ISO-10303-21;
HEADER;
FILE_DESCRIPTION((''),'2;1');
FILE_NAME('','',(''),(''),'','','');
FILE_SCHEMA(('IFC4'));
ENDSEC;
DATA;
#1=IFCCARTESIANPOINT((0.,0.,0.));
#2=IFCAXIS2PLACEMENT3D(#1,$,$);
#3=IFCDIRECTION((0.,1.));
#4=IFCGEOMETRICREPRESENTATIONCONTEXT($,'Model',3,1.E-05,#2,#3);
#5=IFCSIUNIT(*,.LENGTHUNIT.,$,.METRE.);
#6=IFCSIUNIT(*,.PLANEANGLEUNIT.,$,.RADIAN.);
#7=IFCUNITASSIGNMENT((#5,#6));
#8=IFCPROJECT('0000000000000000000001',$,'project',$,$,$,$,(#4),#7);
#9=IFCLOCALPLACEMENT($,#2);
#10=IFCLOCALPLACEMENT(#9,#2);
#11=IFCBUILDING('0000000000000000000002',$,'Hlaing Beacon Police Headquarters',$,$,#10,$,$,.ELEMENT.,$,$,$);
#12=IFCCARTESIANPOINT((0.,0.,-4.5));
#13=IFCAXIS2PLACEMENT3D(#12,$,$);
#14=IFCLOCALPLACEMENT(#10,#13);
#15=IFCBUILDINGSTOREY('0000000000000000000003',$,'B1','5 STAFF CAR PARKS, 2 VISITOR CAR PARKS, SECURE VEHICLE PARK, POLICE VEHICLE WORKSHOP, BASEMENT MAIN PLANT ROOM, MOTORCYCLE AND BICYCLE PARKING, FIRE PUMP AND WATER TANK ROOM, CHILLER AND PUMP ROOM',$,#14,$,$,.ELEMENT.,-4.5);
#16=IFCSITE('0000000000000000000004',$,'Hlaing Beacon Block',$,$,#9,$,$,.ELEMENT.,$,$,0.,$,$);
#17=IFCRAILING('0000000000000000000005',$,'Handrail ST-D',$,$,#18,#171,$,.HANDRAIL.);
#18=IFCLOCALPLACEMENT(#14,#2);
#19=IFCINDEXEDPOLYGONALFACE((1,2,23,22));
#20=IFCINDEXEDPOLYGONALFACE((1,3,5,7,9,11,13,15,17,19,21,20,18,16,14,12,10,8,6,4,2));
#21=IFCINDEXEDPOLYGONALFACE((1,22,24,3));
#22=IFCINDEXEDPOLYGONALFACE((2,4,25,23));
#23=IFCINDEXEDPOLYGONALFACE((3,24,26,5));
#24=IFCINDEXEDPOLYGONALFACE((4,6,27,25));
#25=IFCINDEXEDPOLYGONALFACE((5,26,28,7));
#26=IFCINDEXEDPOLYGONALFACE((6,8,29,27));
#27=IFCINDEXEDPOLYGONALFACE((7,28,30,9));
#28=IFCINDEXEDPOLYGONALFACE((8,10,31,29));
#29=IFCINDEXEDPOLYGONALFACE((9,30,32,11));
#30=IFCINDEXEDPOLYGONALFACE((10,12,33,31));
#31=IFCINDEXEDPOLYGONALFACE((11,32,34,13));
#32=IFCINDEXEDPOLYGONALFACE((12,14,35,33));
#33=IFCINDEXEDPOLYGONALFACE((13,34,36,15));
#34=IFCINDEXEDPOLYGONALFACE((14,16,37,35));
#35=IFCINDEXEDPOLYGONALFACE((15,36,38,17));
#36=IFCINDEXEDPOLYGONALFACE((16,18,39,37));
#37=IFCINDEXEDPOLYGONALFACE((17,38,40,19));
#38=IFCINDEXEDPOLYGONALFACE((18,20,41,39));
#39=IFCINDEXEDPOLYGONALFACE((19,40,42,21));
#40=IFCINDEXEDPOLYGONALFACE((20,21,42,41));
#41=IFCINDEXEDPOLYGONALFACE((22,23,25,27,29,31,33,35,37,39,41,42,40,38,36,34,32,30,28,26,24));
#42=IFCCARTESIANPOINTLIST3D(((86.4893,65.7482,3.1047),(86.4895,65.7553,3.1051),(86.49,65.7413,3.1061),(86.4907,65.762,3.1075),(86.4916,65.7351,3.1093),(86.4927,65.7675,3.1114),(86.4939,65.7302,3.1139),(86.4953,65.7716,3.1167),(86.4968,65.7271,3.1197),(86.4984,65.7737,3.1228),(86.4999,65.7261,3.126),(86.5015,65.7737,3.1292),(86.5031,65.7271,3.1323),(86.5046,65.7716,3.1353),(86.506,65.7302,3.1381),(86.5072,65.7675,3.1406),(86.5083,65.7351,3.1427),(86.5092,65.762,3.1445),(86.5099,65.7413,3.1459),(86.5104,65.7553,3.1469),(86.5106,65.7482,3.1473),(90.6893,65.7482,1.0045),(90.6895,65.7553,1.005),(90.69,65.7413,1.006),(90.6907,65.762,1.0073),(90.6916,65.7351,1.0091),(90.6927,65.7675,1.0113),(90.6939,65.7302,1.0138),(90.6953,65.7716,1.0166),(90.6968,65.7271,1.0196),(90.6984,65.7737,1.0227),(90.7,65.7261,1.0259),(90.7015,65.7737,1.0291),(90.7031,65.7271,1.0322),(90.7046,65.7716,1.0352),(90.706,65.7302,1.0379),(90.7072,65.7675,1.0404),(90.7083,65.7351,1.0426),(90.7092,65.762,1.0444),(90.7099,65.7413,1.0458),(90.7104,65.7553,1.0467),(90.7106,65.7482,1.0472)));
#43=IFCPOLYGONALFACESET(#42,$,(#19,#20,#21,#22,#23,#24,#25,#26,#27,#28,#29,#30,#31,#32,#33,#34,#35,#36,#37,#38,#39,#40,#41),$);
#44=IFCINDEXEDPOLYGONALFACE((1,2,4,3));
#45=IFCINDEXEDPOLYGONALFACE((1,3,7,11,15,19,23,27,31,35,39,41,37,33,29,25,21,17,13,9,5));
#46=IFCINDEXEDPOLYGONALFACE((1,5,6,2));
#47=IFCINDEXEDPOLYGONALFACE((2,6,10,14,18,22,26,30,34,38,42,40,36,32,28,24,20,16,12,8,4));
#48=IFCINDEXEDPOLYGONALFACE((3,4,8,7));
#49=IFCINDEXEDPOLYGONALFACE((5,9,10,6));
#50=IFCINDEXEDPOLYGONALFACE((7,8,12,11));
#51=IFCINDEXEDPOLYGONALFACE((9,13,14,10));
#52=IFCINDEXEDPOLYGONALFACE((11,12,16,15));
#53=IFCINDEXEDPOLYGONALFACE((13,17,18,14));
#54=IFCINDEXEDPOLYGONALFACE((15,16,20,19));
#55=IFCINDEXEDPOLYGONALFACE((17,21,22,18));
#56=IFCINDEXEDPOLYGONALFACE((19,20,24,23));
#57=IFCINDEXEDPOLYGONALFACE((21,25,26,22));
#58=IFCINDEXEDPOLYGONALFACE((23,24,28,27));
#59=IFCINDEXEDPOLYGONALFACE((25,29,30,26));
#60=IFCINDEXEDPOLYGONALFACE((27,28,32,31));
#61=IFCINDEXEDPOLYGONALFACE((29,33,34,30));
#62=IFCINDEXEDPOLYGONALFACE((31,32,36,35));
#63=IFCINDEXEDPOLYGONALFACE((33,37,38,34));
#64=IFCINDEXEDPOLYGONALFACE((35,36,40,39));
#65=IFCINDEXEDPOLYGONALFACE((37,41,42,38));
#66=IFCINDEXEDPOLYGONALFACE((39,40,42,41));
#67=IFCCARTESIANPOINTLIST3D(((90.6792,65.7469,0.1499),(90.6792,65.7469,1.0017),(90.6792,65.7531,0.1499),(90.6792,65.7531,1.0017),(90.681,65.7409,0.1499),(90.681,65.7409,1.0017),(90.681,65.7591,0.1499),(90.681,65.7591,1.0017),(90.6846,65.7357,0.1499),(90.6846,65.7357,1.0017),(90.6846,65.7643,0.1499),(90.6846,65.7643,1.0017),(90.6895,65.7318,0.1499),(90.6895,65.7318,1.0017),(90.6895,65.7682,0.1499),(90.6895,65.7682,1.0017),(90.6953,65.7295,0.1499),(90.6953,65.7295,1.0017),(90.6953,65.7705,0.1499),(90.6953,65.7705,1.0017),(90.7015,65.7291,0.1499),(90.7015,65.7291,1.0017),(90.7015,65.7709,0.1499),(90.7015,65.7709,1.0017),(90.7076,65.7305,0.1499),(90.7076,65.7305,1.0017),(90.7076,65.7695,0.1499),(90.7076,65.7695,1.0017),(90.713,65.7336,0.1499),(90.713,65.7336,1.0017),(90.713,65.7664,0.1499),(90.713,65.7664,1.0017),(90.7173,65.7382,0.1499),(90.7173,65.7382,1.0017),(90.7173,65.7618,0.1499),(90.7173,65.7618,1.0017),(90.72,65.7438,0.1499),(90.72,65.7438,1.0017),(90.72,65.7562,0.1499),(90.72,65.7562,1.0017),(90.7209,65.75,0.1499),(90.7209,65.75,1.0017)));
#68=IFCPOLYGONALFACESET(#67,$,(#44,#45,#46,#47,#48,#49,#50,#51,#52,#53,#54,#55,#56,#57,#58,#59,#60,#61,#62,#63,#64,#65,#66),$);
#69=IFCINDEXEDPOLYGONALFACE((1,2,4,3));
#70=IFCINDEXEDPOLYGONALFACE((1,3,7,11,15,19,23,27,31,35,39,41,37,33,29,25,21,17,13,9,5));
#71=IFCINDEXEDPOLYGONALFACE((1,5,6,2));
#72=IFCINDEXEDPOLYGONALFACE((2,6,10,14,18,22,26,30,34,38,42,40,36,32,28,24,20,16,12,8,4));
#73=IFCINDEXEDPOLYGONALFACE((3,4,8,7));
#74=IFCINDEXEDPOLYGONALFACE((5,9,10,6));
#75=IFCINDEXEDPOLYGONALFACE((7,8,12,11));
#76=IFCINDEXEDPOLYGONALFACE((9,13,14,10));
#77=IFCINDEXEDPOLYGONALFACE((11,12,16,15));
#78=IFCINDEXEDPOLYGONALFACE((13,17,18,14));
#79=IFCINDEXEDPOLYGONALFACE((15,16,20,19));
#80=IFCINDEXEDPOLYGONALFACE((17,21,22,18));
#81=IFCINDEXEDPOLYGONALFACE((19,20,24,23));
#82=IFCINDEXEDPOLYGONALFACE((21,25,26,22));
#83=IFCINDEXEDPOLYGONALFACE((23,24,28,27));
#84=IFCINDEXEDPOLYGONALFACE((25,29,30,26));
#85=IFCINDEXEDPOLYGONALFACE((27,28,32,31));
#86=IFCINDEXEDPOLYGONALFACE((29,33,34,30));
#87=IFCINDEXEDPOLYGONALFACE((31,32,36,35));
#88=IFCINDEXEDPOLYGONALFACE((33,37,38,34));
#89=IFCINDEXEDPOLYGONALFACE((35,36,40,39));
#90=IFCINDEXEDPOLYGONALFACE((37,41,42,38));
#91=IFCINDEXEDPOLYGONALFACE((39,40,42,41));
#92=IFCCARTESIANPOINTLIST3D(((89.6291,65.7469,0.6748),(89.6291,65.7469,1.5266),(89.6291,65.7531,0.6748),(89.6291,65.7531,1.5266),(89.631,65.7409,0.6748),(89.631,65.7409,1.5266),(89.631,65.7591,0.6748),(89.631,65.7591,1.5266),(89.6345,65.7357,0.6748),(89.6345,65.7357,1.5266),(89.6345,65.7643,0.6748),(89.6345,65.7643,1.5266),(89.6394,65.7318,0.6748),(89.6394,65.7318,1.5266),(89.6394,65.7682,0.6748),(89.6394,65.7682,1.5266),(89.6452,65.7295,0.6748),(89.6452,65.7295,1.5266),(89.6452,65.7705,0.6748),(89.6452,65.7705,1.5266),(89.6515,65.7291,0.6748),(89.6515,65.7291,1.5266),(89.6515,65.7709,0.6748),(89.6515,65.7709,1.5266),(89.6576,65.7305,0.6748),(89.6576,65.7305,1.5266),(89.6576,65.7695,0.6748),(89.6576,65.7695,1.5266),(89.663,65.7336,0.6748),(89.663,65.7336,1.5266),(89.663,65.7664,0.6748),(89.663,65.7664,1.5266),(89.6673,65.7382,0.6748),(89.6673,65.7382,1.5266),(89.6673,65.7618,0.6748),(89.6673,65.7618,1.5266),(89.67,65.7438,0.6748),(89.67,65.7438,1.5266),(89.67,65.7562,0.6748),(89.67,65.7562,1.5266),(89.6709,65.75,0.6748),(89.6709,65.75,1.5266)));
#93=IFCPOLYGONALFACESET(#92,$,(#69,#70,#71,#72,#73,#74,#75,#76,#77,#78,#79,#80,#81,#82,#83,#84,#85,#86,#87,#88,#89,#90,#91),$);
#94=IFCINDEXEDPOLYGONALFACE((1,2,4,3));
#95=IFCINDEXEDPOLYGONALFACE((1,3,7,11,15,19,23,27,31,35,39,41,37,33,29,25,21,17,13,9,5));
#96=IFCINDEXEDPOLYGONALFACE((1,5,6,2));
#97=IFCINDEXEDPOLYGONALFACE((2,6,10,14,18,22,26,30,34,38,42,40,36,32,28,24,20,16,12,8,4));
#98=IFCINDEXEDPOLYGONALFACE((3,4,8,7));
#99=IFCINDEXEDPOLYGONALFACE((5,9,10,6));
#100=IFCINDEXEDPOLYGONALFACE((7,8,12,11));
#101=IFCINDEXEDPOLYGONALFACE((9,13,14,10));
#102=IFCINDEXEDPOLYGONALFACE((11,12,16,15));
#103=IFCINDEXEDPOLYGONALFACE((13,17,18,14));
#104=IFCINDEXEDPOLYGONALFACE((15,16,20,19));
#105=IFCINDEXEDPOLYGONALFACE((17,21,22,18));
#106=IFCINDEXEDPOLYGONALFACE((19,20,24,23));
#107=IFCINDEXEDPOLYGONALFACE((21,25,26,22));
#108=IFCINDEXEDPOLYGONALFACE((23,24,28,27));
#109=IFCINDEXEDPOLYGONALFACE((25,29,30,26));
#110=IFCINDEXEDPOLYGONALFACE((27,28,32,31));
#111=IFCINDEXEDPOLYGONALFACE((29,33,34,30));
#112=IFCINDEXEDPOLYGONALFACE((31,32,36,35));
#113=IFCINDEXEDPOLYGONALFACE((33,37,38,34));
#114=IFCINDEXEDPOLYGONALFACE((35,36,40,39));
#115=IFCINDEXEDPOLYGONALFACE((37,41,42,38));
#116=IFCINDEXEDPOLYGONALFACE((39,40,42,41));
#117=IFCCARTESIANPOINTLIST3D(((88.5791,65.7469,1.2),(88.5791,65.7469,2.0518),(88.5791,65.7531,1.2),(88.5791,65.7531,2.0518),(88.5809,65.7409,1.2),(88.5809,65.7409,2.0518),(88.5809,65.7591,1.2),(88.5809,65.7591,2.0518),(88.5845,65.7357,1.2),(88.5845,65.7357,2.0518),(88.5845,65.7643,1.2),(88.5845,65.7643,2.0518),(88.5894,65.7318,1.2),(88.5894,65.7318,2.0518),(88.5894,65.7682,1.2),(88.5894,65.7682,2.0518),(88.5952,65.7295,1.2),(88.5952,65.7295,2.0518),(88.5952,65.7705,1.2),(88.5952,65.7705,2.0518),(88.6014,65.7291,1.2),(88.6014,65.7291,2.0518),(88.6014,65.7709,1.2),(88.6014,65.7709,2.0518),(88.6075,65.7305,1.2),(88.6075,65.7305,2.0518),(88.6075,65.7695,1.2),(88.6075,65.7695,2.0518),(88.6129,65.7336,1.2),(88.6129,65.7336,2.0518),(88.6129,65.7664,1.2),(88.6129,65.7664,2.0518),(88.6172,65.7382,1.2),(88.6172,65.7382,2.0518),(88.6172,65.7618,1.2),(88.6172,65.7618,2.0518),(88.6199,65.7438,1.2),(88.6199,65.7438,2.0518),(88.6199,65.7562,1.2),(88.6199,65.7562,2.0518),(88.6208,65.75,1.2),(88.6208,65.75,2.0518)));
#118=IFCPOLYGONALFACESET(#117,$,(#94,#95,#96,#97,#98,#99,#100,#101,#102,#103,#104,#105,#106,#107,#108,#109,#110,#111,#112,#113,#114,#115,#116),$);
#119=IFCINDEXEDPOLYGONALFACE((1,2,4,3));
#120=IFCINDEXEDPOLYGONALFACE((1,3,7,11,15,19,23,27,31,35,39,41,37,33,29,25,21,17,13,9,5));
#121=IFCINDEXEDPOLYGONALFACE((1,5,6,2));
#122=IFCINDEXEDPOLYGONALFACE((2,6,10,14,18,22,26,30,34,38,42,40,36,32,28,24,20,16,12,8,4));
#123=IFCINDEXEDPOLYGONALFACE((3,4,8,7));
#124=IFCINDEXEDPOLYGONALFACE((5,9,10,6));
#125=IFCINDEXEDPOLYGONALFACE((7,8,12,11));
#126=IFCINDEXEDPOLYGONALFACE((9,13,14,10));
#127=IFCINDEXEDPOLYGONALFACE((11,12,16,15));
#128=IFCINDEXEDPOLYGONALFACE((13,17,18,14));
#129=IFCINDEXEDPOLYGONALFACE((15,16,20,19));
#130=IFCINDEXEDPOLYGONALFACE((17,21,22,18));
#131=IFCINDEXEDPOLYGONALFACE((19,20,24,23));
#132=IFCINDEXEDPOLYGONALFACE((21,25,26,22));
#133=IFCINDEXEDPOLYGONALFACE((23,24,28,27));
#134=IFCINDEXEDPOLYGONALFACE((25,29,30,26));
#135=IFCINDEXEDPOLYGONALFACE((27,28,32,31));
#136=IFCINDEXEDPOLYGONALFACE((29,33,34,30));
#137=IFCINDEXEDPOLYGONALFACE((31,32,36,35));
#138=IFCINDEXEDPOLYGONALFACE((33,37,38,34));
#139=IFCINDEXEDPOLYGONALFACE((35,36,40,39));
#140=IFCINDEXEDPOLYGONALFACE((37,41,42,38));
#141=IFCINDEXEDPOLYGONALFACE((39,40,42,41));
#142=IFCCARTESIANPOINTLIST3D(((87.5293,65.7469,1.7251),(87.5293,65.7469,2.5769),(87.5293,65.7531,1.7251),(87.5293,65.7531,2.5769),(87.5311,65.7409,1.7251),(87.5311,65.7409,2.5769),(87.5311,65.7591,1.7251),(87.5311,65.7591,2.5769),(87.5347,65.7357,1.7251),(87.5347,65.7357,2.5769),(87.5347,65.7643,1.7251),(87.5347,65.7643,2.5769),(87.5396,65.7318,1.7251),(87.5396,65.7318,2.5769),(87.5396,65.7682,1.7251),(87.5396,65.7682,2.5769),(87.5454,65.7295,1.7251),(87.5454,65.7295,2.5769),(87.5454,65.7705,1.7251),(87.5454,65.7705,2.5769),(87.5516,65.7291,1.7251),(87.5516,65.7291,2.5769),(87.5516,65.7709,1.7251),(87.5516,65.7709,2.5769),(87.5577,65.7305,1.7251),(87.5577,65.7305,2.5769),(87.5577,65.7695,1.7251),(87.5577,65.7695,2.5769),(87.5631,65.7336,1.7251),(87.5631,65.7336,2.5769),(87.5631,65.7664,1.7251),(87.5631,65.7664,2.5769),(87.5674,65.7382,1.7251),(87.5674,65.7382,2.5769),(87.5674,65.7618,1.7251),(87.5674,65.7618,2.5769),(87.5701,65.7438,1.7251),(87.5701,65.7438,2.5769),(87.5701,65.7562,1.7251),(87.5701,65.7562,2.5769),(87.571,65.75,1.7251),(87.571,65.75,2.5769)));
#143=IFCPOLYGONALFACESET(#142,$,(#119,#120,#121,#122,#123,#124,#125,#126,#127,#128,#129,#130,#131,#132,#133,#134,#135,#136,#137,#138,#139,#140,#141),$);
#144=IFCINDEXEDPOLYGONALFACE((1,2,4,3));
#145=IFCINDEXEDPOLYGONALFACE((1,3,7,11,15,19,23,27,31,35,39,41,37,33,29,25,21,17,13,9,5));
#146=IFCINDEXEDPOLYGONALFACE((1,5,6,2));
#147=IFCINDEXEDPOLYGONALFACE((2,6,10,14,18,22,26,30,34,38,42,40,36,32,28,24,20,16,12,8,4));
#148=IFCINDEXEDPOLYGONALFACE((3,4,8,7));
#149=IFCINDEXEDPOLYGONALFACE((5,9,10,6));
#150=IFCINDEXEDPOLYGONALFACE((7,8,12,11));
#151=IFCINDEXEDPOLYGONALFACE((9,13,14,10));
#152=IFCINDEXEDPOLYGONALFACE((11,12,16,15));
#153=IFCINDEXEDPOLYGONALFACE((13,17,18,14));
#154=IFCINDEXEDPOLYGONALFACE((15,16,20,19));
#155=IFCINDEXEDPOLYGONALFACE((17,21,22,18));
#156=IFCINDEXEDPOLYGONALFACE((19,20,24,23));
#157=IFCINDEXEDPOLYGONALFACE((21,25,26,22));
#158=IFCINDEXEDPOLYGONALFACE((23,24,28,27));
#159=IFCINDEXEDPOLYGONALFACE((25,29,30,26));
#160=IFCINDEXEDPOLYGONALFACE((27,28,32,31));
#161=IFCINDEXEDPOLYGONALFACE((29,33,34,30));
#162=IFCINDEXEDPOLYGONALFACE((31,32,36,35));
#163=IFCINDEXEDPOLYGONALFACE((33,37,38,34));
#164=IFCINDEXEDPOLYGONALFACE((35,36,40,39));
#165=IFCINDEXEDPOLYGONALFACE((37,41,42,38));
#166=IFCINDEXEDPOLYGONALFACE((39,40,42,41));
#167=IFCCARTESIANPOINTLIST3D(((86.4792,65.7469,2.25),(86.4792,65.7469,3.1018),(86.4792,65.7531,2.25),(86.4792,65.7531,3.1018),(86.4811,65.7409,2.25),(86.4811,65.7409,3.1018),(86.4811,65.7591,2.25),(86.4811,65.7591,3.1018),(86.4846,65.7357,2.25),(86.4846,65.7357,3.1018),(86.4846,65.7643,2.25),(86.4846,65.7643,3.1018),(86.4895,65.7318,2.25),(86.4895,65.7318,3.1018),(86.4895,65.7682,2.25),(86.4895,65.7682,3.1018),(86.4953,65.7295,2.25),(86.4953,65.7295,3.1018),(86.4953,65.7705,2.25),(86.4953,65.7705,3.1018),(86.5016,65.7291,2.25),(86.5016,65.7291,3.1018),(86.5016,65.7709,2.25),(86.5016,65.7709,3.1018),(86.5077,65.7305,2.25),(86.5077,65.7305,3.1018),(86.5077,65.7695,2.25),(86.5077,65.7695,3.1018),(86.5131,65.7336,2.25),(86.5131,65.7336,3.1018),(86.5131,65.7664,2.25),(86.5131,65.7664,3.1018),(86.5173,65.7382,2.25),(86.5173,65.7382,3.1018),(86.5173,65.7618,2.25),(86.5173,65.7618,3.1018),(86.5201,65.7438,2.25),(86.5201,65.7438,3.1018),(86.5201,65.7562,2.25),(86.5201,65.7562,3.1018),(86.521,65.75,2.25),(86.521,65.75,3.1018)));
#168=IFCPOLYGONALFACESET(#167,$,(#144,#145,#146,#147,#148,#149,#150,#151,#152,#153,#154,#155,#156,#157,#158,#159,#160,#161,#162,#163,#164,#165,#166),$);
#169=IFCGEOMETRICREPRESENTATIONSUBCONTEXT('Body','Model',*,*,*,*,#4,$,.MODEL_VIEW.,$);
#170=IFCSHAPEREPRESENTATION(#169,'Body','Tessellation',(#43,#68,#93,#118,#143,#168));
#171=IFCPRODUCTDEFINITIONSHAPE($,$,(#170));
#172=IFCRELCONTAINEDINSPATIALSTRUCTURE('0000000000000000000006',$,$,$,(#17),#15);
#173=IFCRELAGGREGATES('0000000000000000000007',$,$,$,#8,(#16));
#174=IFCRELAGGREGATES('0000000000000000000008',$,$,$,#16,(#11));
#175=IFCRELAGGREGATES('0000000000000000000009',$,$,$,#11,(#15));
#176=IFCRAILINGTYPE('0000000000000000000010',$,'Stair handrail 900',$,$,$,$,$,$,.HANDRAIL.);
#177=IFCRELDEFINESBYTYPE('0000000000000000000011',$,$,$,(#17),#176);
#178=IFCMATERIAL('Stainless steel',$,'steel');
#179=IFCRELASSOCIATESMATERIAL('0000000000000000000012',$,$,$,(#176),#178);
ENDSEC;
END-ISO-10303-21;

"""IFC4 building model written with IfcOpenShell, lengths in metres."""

from ifc_helpers import new_model, si_unit, direction, frame, origin, origin_2d, place, context, subcontext, project, spatial, circle, extrude, material, type_object, element, save


model = new_model("IFC4")

# Units and contexts
model_context = context("Model", 3, precision=1e-05, world=origin(), true_north=direction((0.0, 1.0)))
body_context = subcontext(model_context, "Body", "Model", "MODEL_VIEW")
ifc_project = project(units=[si_unit("LENGTHUNIT", "METRE"), si_unit("PLANEANGLEUNIT", "RADIAN")], contexts=[model_context])

# Site, building, storey
site_placement = place(None, origin())
site = spatial("IfcSite", under=ifc_project, at=site_placement, Name="Hlaing Beacon Block", CompositionType="ELEMENT", RefElevation=0.0)
building_placement = place(site_placement, origin())
building = spatial("IfcBuilding", under=site, at=building_placement, Name="Hlaing Beacon Police Headquarters", CompositionType="ELEMENT")
storey_placement = place(building_placement, frame((0.0, 0.0, -4.5)))
storey = spatial("IfcBuildingStorey", under=building, at=storey_placement, Name="B1", Description="5 STAFF CAR PARKS, 2 VISITOR CAR PARKS, SECURE VEHICLE PARK, POLICE VEHICLE WORKSHOP, BASEMENT MAIN PLANT ROOM, MOTORCYCLE AND BICYCLE PARKING, FIRE PUMP AND WATER TANK ROOM, CHILLER AND PUMP ROOM", CompositionType="ELEMENT", Elevation=-4.5)

# Railing
ifc_material_1 = material(Name="Stainless steel", Category="steel")
railing_type = type_object("IfcRailingType", Name="Stair handrail 900", PredefinedType="HANDRAIL", material=ifc_material_1)
railing_placement = place(storey_placement, frame((90.7, 65.75, 0.1499)))
element("IfcRailing", 1, at=railing_placement, inside=storey, type_object=railing_type, Name="Handrail ST-D", PredefinedType="HANDRAIL", context=body_context, shape_type="SweptSolid", body=[
    extrude(circle(Radius=0.0239, at=origin_2d()), frame((0.0, 0.0, 0.876), z_axis=(-0.894417, 0.0, 0.447234), x_axis=(0.0, -1.0, 0.0)), (0.0, 0.0, 1.0), 4.6958),
    extrude(circle(Radius=0.021, at=origin_2d()), origin(), (0.0, 0.0, 1.0), 0.8518),
    extrude(circle(Radius=0.021, at=origin_2d()), frame((-1.05, 0.0, 0.5249)), (0.0, 0.0, 1.0), 0.8518),
    extrude(circle(Radius=0.021, at=origin_2d()), frame((-2.1001, 0.0, 1.05)), (0.0, 0.0, 1.0), 0.8518),
    extrude(circle(Radius=0.021, at=origin_2d()), frame((-3.1499, 0.0, 1.5752)), (0.0, 0.0, 1.0), 0.8518),
    extrude(circle(Radius=0.021, at=origin_2d()), frame((-4.2, 0.0, 2.1001)), (0.0, 0.0, 1.0), 0.8518),
])

save(model, "model.ifc")
